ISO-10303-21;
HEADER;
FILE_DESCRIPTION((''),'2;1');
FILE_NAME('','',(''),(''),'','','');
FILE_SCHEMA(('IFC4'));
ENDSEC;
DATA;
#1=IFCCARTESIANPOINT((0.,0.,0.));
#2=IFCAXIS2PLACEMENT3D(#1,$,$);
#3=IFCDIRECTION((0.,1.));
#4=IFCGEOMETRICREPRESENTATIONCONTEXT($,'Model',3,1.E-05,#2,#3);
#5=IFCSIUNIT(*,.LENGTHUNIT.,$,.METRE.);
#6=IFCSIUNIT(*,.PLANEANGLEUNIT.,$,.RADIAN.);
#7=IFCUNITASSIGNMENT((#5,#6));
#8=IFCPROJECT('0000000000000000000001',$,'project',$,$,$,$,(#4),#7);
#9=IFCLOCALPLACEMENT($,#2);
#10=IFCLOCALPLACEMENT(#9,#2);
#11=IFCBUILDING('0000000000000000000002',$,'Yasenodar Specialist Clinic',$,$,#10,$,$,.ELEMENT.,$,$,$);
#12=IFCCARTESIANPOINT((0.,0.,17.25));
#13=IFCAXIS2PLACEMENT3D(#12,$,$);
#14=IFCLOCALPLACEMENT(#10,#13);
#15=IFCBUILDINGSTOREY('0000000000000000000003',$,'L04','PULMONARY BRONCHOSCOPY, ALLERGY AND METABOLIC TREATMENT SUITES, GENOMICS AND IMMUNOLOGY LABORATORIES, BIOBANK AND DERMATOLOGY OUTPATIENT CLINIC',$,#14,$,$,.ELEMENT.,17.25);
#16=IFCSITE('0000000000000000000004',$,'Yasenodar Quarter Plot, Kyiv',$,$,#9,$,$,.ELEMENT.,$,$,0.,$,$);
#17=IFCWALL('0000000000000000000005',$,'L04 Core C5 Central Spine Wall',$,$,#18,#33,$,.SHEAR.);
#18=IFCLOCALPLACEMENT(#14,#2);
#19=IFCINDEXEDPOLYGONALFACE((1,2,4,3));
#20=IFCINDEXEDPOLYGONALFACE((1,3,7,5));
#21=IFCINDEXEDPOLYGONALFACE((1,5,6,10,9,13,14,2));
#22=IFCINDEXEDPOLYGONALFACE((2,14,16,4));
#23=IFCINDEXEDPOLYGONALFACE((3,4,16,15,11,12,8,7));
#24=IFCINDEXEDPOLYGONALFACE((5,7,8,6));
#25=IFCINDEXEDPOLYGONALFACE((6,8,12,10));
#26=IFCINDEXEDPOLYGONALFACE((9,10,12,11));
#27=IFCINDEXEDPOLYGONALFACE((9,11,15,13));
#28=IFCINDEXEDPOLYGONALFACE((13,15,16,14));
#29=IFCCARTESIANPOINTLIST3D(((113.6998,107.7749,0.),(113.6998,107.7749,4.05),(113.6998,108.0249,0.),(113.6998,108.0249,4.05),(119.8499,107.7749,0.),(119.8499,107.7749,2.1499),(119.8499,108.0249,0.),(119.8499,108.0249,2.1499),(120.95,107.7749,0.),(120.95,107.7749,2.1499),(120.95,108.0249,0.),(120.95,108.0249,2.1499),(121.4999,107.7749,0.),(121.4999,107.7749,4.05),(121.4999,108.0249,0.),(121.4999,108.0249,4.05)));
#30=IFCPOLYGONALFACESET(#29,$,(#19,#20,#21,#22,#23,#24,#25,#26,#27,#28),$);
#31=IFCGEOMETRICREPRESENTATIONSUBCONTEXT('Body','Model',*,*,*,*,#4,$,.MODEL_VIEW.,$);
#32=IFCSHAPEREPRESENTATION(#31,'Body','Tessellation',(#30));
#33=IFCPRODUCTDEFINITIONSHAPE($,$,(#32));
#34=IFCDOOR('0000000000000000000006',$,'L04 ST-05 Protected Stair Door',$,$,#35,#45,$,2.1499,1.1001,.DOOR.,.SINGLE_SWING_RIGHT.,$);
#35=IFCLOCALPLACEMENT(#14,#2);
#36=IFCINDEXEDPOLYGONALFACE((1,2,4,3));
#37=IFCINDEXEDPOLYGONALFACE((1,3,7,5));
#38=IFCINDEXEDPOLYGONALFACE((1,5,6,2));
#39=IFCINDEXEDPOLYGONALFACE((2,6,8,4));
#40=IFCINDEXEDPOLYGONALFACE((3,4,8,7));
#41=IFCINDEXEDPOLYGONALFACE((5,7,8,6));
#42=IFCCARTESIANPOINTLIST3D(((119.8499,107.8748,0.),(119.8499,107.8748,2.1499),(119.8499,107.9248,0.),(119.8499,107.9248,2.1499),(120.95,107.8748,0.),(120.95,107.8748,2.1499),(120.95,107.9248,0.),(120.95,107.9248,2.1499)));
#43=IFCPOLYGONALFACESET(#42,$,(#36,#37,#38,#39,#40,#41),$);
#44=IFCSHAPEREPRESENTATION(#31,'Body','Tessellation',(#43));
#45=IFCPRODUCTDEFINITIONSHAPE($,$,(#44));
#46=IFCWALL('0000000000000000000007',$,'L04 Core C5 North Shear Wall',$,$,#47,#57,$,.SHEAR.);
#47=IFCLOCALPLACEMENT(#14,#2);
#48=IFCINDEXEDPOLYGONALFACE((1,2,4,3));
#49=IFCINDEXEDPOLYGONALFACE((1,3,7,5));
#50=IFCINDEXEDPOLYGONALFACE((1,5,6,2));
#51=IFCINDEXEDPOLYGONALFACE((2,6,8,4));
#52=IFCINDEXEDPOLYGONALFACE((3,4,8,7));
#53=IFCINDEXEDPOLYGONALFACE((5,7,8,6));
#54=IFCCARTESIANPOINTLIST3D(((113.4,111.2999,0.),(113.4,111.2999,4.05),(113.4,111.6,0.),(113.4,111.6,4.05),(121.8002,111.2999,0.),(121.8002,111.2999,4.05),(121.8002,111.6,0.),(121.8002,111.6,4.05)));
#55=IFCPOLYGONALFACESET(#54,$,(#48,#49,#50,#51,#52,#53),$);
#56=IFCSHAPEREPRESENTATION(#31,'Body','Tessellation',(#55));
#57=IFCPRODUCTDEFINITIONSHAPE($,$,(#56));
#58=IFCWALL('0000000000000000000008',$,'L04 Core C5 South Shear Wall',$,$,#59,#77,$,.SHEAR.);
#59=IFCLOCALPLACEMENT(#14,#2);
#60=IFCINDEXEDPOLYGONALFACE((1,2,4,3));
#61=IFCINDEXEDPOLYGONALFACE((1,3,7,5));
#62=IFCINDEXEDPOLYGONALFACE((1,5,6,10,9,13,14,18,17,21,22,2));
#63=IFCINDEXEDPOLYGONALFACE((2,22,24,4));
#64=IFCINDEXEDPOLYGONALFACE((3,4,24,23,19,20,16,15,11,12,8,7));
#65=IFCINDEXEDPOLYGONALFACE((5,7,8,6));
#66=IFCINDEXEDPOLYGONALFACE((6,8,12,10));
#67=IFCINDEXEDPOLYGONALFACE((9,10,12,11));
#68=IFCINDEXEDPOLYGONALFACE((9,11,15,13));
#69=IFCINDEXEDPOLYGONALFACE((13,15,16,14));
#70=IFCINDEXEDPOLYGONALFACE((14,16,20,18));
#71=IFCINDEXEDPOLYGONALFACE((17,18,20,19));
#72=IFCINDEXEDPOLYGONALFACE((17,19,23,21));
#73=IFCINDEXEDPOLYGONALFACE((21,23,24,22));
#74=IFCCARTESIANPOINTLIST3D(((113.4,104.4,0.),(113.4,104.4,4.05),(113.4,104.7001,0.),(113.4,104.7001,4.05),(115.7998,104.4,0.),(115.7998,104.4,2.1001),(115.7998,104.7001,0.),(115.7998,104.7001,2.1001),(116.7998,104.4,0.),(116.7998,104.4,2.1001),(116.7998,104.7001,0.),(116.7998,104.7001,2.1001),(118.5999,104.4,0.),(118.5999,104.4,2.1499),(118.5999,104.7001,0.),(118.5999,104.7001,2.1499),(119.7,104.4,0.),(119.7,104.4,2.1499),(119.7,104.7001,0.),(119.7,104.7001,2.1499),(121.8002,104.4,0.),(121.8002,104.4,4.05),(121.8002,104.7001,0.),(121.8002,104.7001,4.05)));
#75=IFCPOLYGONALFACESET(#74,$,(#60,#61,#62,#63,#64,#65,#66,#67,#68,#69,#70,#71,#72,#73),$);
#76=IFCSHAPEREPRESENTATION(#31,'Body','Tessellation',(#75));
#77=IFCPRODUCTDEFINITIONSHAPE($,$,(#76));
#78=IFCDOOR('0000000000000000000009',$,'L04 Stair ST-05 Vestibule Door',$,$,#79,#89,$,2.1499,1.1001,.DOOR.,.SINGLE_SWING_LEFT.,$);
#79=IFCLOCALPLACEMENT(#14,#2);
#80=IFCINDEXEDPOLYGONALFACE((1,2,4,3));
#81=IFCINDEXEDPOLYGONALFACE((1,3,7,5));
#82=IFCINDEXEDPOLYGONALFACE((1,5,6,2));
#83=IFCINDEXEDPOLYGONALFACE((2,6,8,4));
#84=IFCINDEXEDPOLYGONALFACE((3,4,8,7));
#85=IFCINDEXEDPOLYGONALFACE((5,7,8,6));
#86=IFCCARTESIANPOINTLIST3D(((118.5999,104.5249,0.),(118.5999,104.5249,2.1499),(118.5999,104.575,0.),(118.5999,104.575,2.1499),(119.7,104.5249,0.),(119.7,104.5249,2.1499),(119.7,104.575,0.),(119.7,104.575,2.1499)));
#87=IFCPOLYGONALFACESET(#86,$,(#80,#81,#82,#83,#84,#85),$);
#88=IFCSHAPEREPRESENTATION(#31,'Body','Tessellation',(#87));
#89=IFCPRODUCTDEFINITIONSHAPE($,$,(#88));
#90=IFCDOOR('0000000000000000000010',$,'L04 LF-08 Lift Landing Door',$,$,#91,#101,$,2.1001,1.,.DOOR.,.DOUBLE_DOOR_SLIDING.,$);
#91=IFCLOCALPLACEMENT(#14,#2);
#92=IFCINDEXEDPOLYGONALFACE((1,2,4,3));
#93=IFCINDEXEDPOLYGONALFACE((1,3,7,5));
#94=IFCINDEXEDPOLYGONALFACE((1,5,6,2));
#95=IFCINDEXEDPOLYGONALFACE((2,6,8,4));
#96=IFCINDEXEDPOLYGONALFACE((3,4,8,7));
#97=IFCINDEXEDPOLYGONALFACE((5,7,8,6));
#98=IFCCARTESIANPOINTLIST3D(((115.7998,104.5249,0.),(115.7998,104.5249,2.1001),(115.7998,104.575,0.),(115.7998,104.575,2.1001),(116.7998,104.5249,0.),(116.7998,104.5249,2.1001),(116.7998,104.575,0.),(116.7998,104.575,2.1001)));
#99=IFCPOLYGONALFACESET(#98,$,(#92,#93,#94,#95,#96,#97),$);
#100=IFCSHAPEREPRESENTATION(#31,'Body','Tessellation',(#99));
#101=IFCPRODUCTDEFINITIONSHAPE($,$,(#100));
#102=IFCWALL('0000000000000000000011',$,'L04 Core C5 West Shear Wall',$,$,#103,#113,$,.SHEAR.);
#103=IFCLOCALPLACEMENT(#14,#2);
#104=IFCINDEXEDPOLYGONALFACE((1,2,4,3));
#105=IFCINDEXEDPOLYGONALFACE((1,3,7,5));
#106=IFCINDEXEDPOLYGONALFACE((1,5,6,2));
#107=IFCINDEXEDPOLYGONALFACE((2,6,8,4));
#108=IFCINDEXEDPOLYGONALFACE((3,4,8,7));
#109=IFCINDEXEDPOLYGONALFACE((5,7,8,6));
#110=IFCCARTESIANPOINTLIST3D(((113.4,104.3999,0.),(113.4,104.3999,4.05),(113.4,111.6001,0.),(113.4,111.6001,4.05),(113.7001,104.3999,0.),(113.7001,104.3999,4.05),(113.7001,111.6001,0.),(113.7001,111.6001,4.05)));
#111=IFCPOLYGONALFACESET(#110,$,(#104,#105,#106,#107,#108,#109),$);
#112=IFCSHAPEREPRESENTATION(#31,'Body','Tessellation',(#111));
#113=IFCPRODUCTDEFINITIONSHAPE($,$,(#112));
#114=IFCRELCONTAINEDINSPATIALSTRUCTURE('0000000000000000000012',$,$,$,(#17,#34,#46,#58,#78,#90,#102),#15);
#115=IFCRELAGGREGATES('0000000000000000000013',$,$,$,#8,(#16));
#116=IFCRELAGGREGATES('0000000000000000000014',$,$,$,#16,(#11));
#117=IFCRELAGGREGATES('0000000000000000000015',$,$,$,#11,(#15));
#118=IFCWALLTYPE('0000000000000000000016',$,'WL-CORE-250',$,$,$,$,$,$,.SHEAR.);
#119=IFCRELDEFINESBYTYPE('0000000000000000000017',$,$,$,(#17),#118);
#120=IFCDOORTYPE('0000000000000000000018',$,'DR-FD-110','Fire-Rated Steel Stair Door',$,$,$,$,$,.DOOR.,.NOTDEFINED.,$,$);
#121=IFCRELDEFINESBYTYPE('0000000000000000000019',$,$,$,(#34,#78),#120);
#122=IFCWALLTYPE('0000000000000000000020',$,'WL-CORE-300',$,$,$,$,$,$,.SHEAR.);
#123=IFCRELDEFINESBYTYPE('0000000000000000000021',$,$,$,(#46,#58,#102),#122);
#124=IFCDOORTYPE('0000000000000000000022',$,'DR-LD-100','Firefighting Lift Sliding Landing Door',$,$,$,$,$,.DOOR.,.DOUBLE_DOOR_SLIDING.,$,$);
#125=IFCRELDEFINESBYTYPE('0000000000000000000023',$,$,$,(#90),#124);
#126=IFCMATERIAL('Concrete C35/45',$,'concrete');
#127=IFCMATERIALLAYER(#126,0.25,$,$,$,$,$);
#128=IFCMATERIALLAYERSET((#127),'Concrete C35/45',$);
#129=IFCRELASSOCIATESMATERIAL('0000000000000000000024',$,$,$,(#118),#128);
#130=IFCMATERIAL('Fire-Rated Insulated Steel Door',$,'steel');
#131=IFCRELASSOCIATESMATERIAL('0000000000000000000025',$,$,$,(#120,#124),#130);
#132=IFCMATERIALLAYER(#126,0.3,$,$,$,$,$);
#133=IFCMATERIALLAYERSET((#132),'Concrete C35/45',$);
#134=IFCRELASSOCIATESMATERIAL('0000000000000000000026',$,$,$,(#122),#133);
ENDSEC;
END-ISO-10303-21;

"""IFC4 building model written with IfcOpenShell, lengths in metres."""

from ifc_helpers import new_model, si_unit, direction, frame, frame_2d, origin, place, context, subcontext, project, spatial, rectangle, extrude, material, layer, layer_set, type_object, element, fill, save


model = new_model("IFC4")

# Units and contexts
model_context = context("Model", 3, precision=1e-05, world=origin(), true_north=direction((0.0, 1.0)))
body_context = subcontext(model_context, "Body", "Model", "MODEL_VIEW")
ifc_project = project(units=[si_unit("LENGTHUNIT", "METRE"), si_unit("PLANEANGLEUNIT", "RADIAN")], contexts=[model_context])

# Site, building, storey
site_placement = place(None, origin())
site = spatial("IfcSite", under=ifc_project, at=site_placement, Name="Yasenodar Quarter Plot, Kyiv", CompositionType="ELEMENT", RefElevation=0.0)
building_placement = place(site_placement, origin())
building = spatial("IfcBuilding", under=site, at=building_placement, Name="Yasenodar Specialist Clinic", CompositionType="ELEMENT")
storey_placement = place(building_placement, frame((0.0, 0.0, 17.25)))
storey = spatial("IfcBuildingStorey", under=building, at=storey_placement, Name="L04", Description="PULMONARY BRONCHOSCOPY, ALLERGY AND METABOLIC TREATMENT SUITES, GENOMICS AND IMMUNOLOGY LABORATORIES, BIOBANK AND DERMATOLOGY OUTPATIENT CLINIC", CompositionType="ELEMENT", Elevation=17.25)

# Wall, opening, door
ifc_material_1 = material(Name="Fire-Rated Insulated Steel Door", Category="steel")
ifc_material_2 = material(Name="Concrete C35/45", Category="concrete")
ifc_layer_1 = layer(ifc_material_2, 0.25)
ifc_layer_set_1 = layer_set([ifc_layer_1], Name="Concrete C35/45")
wall_type_1 = type_object("IfcWallType", Name="WL-CORE-250", PredefinedType="SHEAR", material=ifc_layer_set_1)
wall_1_placement = place(storey_placement, frame((113.7, 107.8999, 0.0), z_axis=(0.0, 0.0, 1.0), x_axis=(1.0, 0.0, 0.0)))
wall_1 = element("IfcWall", 1, at=wall_1_placement, inside=storey, type_object=wall_type_1, Name="L04 Core C5 Central Spine Wall", PredefinedType="SHEAR", context=body_context, shape_type="SweptSolid", body=[
    extrude(rectangle(XDim=7.8, YDim=0.25, at=frame_2d((3.8999, 0.0))), origin(), (0.0, 0.0, 1.0), 4.05),
])
opening_1_placement = place(wall_1_placement, frame((6.1499, 0.0, 0.0)))
opening_1 = element("IfcOpeningElement", 2, at=opening_1_placement, cuts=wall_1, PredefinedType="OPENING", context=body_context, shape_type="SweptSolid", body=[
    extrude(rectangle(XDim=1.1001, YDim=2.1499, at=frame_2d((0.55, 1.075))), frame((0.0, 0.135, 0.0), z_axis=(0.0, -1.0, 0.0), x_axis=(1.0, 0.0, 0.0)), (0.0, 0.0, 1.0), 0.27),
])
door_type_1 = type_object("IfcDoorType", Name="DR-FD-110", Description="Fire-Rated Steel Stair Door", OperationType="NOTDEFINED", PredefinedType="DOOR", material=ifc_material_1)
door_1_placement = place(opening_1_placement, origin())
door_1 = element("IfcDoor", 3, at=door_1_placement, inside=storey, type_object=door_type_1, Name="L04 ST-05 Protected Stair Door", OperationType="SINGLE_SWING_RIGHT", OverallHeight=2.1499, OverallWidth=1.1001, PredefinedType="DOOR", context=body_context, shape_type="SweptSolid", body=[
    extrude(rectangle(XDim=1.1001, YDim=2.1499, at=frame_2d((0.55, 1.075))), frame((0.0, 0.0249, 0.0), z_axis=(0.0, -1.0, 0.0), x_axis=(1.0, 0.0, 0.0)), (0.0, 0.0, 1.0), 0.05),
])
fill(opening_1, door_1)

# Wall
ifc_layer_2 = layer(ifc_material_2, 0.3)
ifc_layer_set_2 = layer_set([ifc_layer_2], Name="Concrete C35/45")
wall_type_2 = type_object("IfcWallType", Name="WL-CORE-300", PredefinedType="SHEAR", material=ifc_layer_set_2)
wall_2_placement = place(storey_placement, frame((113.3999, 111.45, 0.0), z_axis=(0.0, 0.0, 1.0), x_axis=(1.0, 0.0, 0.0)))
element("IfcWall", 4, at=wall_2_placement, inside=storey, type_object=wall_type_2, Name="L04 Core C5 North Shear Wall", PredefinedType="SHEAR", context=body_context, shape_type="SweptSolid", body=[
    extrude(rectangle(XDim=8.4001, YDim=0.3, at=frame_2d((4.2002, 0.0))), origin(), (0.0, 0.0, 1.0), 4.05),
])

# Wall, openings, doors
wall_3_placement = place(storey_placement, frame((113.3999, 104.55, 0.0), z_axis=(0.0, 0.0, 1.0), x_axis=(1.0, 0.0, 0.0)))
wall_3 = element("IfcWall", 5, at=wall_3_placement, inside=storey, type_object=wall_type_2, Name="L04 Core C5 South Shear Wall", PredefinedType="SHEAR", context=body_context, shape_type="SweptSolid", body=[
    extrude(rectangle(XDim=8.4001, YDim=0.3, at=frame_2d((4.2002, 0.0))), origin(), (0.0, 0.0, 1.0), 4.05),
])
opening_2_placement = place(wall_3_placement, frame((5.2, 0.0, 0.0)))
opening_2 = element("IfcOpeningElement", 6, at=opening_2_placement, cuts=wall_3, PredefinedType="OPENING", context=body_context, shape_type="SweptSolid", body=[
    extrude(rectangle(XDim=1.1001, YDim=2.1499, at=frame_2d((0.55, 1.075))), frame((0.0, 0.1602, 0.0), z_axis=(0.0, -1.0, 0.0), x_axis=(1.0, 0.0, 0.0)), (0.0, 0.0, 1.0), 0.3201),
])
opening_3_placement = place(wall_3_placement, frame((2.3999, 0.0, 0.0)))
opening_3 = element("IfcOpeningElement", 7, at=opening_3_placement, cuts=wall_3, PredefinedType="OPENING", context=body_context, shape_type="SweptSolid", body=[
    extrude(rectangle(XDim=1.0, YDim=2.1001, at=frame_2d((0.5, 1.05))), frame((0.0, 0.1602, 0.0), z_axis=(0.0, -1.0, 0.0), x_axis=(1.0, 0.0, 0.0)), (0.0, 0.0, 1.0), 0.3201),
])
door_2_placement = place(opening_2_placement, origin())
door_2 = element("IfcDoor", 8, at=door_2_placement, inside=storey, type_object=door_type_1, Name="L04 Stair ST-05 Vestibule Door", OperationType="SINGLE_SWING_LEFT", OverallHeight=2.1499, OverallWidth=1.1001, PredefinedType="DOOR", context=body_context, shape_type="SweptSolid", body=[
    extrude(rectangle(XDim=1.1001, YDim=2.1499, at=frame_2d((0.55, 1.075))), frame((0.0, 0.0249, 0.0), z_axis=(0.0, -1.0, 0.0), x_axis=(1.0, 0.0, 0.0)), (0.0, 0.0, 1.0), 0.05),
])
fill(opening_2, door_2)
door_type_2 = type_object("IfcDoorType", Name="DR-LD-100", Description="Firefighting Lift Sliding Landing Door", OperationType="DOUBLE_DOOR_SLIDING", PredefinedType="DOOR", material=ifc_material_1)
door_3_placement = place(opening_3_placement, origin())
door_3 = element("IfcDoor", 9, at=door_3_placement, inside=storey, type_object=door_type_2, Name="L04 LF-08 Lift Landing Door", OperationType="DOUBLE_DOOR_SLIDING", OverallHeight=2.1001, OverallWidth=1.0, PredefinedType="DOOR", context=body_context, shape_type="SweptSolid", body=[
    extrude(rectangle(XDim=1.0, YDim=2.1001, at=frame_2d((0.5, 1.05))), frame((0.0, 0.0249, 0.0), z_axis=(0.0, -1.0, 0.0), x_axis=(1.0, 0.0, 0.0)), (0.0, 0.0, 1.0), 0.05),
])
fill(opening_3, door_3)

# Wall
wall_4_placement = place(storey_placement, frame((113.55, 104.3999, 0.0), z_axis=(0.0, 0.0, 1.0), x_axis=(0.0, 1.0, 0.0)))
element("IfcWall", 10, at=wall_4_placement, inside=storey, type_object=wall_type_2, Name="L04 Core C5 West Shear Wall", PredefinedType="SHEAR", context=body_context, shape_type="SweptSolid", body=[
    extrude(rectangle(XDim=7.2002, YDim=0.3, at=frame_2d((3.6001, 0.0))), origin(), (0.0, 0.0, 1.0), 4.05),
])

save(model, "model.ifc")
